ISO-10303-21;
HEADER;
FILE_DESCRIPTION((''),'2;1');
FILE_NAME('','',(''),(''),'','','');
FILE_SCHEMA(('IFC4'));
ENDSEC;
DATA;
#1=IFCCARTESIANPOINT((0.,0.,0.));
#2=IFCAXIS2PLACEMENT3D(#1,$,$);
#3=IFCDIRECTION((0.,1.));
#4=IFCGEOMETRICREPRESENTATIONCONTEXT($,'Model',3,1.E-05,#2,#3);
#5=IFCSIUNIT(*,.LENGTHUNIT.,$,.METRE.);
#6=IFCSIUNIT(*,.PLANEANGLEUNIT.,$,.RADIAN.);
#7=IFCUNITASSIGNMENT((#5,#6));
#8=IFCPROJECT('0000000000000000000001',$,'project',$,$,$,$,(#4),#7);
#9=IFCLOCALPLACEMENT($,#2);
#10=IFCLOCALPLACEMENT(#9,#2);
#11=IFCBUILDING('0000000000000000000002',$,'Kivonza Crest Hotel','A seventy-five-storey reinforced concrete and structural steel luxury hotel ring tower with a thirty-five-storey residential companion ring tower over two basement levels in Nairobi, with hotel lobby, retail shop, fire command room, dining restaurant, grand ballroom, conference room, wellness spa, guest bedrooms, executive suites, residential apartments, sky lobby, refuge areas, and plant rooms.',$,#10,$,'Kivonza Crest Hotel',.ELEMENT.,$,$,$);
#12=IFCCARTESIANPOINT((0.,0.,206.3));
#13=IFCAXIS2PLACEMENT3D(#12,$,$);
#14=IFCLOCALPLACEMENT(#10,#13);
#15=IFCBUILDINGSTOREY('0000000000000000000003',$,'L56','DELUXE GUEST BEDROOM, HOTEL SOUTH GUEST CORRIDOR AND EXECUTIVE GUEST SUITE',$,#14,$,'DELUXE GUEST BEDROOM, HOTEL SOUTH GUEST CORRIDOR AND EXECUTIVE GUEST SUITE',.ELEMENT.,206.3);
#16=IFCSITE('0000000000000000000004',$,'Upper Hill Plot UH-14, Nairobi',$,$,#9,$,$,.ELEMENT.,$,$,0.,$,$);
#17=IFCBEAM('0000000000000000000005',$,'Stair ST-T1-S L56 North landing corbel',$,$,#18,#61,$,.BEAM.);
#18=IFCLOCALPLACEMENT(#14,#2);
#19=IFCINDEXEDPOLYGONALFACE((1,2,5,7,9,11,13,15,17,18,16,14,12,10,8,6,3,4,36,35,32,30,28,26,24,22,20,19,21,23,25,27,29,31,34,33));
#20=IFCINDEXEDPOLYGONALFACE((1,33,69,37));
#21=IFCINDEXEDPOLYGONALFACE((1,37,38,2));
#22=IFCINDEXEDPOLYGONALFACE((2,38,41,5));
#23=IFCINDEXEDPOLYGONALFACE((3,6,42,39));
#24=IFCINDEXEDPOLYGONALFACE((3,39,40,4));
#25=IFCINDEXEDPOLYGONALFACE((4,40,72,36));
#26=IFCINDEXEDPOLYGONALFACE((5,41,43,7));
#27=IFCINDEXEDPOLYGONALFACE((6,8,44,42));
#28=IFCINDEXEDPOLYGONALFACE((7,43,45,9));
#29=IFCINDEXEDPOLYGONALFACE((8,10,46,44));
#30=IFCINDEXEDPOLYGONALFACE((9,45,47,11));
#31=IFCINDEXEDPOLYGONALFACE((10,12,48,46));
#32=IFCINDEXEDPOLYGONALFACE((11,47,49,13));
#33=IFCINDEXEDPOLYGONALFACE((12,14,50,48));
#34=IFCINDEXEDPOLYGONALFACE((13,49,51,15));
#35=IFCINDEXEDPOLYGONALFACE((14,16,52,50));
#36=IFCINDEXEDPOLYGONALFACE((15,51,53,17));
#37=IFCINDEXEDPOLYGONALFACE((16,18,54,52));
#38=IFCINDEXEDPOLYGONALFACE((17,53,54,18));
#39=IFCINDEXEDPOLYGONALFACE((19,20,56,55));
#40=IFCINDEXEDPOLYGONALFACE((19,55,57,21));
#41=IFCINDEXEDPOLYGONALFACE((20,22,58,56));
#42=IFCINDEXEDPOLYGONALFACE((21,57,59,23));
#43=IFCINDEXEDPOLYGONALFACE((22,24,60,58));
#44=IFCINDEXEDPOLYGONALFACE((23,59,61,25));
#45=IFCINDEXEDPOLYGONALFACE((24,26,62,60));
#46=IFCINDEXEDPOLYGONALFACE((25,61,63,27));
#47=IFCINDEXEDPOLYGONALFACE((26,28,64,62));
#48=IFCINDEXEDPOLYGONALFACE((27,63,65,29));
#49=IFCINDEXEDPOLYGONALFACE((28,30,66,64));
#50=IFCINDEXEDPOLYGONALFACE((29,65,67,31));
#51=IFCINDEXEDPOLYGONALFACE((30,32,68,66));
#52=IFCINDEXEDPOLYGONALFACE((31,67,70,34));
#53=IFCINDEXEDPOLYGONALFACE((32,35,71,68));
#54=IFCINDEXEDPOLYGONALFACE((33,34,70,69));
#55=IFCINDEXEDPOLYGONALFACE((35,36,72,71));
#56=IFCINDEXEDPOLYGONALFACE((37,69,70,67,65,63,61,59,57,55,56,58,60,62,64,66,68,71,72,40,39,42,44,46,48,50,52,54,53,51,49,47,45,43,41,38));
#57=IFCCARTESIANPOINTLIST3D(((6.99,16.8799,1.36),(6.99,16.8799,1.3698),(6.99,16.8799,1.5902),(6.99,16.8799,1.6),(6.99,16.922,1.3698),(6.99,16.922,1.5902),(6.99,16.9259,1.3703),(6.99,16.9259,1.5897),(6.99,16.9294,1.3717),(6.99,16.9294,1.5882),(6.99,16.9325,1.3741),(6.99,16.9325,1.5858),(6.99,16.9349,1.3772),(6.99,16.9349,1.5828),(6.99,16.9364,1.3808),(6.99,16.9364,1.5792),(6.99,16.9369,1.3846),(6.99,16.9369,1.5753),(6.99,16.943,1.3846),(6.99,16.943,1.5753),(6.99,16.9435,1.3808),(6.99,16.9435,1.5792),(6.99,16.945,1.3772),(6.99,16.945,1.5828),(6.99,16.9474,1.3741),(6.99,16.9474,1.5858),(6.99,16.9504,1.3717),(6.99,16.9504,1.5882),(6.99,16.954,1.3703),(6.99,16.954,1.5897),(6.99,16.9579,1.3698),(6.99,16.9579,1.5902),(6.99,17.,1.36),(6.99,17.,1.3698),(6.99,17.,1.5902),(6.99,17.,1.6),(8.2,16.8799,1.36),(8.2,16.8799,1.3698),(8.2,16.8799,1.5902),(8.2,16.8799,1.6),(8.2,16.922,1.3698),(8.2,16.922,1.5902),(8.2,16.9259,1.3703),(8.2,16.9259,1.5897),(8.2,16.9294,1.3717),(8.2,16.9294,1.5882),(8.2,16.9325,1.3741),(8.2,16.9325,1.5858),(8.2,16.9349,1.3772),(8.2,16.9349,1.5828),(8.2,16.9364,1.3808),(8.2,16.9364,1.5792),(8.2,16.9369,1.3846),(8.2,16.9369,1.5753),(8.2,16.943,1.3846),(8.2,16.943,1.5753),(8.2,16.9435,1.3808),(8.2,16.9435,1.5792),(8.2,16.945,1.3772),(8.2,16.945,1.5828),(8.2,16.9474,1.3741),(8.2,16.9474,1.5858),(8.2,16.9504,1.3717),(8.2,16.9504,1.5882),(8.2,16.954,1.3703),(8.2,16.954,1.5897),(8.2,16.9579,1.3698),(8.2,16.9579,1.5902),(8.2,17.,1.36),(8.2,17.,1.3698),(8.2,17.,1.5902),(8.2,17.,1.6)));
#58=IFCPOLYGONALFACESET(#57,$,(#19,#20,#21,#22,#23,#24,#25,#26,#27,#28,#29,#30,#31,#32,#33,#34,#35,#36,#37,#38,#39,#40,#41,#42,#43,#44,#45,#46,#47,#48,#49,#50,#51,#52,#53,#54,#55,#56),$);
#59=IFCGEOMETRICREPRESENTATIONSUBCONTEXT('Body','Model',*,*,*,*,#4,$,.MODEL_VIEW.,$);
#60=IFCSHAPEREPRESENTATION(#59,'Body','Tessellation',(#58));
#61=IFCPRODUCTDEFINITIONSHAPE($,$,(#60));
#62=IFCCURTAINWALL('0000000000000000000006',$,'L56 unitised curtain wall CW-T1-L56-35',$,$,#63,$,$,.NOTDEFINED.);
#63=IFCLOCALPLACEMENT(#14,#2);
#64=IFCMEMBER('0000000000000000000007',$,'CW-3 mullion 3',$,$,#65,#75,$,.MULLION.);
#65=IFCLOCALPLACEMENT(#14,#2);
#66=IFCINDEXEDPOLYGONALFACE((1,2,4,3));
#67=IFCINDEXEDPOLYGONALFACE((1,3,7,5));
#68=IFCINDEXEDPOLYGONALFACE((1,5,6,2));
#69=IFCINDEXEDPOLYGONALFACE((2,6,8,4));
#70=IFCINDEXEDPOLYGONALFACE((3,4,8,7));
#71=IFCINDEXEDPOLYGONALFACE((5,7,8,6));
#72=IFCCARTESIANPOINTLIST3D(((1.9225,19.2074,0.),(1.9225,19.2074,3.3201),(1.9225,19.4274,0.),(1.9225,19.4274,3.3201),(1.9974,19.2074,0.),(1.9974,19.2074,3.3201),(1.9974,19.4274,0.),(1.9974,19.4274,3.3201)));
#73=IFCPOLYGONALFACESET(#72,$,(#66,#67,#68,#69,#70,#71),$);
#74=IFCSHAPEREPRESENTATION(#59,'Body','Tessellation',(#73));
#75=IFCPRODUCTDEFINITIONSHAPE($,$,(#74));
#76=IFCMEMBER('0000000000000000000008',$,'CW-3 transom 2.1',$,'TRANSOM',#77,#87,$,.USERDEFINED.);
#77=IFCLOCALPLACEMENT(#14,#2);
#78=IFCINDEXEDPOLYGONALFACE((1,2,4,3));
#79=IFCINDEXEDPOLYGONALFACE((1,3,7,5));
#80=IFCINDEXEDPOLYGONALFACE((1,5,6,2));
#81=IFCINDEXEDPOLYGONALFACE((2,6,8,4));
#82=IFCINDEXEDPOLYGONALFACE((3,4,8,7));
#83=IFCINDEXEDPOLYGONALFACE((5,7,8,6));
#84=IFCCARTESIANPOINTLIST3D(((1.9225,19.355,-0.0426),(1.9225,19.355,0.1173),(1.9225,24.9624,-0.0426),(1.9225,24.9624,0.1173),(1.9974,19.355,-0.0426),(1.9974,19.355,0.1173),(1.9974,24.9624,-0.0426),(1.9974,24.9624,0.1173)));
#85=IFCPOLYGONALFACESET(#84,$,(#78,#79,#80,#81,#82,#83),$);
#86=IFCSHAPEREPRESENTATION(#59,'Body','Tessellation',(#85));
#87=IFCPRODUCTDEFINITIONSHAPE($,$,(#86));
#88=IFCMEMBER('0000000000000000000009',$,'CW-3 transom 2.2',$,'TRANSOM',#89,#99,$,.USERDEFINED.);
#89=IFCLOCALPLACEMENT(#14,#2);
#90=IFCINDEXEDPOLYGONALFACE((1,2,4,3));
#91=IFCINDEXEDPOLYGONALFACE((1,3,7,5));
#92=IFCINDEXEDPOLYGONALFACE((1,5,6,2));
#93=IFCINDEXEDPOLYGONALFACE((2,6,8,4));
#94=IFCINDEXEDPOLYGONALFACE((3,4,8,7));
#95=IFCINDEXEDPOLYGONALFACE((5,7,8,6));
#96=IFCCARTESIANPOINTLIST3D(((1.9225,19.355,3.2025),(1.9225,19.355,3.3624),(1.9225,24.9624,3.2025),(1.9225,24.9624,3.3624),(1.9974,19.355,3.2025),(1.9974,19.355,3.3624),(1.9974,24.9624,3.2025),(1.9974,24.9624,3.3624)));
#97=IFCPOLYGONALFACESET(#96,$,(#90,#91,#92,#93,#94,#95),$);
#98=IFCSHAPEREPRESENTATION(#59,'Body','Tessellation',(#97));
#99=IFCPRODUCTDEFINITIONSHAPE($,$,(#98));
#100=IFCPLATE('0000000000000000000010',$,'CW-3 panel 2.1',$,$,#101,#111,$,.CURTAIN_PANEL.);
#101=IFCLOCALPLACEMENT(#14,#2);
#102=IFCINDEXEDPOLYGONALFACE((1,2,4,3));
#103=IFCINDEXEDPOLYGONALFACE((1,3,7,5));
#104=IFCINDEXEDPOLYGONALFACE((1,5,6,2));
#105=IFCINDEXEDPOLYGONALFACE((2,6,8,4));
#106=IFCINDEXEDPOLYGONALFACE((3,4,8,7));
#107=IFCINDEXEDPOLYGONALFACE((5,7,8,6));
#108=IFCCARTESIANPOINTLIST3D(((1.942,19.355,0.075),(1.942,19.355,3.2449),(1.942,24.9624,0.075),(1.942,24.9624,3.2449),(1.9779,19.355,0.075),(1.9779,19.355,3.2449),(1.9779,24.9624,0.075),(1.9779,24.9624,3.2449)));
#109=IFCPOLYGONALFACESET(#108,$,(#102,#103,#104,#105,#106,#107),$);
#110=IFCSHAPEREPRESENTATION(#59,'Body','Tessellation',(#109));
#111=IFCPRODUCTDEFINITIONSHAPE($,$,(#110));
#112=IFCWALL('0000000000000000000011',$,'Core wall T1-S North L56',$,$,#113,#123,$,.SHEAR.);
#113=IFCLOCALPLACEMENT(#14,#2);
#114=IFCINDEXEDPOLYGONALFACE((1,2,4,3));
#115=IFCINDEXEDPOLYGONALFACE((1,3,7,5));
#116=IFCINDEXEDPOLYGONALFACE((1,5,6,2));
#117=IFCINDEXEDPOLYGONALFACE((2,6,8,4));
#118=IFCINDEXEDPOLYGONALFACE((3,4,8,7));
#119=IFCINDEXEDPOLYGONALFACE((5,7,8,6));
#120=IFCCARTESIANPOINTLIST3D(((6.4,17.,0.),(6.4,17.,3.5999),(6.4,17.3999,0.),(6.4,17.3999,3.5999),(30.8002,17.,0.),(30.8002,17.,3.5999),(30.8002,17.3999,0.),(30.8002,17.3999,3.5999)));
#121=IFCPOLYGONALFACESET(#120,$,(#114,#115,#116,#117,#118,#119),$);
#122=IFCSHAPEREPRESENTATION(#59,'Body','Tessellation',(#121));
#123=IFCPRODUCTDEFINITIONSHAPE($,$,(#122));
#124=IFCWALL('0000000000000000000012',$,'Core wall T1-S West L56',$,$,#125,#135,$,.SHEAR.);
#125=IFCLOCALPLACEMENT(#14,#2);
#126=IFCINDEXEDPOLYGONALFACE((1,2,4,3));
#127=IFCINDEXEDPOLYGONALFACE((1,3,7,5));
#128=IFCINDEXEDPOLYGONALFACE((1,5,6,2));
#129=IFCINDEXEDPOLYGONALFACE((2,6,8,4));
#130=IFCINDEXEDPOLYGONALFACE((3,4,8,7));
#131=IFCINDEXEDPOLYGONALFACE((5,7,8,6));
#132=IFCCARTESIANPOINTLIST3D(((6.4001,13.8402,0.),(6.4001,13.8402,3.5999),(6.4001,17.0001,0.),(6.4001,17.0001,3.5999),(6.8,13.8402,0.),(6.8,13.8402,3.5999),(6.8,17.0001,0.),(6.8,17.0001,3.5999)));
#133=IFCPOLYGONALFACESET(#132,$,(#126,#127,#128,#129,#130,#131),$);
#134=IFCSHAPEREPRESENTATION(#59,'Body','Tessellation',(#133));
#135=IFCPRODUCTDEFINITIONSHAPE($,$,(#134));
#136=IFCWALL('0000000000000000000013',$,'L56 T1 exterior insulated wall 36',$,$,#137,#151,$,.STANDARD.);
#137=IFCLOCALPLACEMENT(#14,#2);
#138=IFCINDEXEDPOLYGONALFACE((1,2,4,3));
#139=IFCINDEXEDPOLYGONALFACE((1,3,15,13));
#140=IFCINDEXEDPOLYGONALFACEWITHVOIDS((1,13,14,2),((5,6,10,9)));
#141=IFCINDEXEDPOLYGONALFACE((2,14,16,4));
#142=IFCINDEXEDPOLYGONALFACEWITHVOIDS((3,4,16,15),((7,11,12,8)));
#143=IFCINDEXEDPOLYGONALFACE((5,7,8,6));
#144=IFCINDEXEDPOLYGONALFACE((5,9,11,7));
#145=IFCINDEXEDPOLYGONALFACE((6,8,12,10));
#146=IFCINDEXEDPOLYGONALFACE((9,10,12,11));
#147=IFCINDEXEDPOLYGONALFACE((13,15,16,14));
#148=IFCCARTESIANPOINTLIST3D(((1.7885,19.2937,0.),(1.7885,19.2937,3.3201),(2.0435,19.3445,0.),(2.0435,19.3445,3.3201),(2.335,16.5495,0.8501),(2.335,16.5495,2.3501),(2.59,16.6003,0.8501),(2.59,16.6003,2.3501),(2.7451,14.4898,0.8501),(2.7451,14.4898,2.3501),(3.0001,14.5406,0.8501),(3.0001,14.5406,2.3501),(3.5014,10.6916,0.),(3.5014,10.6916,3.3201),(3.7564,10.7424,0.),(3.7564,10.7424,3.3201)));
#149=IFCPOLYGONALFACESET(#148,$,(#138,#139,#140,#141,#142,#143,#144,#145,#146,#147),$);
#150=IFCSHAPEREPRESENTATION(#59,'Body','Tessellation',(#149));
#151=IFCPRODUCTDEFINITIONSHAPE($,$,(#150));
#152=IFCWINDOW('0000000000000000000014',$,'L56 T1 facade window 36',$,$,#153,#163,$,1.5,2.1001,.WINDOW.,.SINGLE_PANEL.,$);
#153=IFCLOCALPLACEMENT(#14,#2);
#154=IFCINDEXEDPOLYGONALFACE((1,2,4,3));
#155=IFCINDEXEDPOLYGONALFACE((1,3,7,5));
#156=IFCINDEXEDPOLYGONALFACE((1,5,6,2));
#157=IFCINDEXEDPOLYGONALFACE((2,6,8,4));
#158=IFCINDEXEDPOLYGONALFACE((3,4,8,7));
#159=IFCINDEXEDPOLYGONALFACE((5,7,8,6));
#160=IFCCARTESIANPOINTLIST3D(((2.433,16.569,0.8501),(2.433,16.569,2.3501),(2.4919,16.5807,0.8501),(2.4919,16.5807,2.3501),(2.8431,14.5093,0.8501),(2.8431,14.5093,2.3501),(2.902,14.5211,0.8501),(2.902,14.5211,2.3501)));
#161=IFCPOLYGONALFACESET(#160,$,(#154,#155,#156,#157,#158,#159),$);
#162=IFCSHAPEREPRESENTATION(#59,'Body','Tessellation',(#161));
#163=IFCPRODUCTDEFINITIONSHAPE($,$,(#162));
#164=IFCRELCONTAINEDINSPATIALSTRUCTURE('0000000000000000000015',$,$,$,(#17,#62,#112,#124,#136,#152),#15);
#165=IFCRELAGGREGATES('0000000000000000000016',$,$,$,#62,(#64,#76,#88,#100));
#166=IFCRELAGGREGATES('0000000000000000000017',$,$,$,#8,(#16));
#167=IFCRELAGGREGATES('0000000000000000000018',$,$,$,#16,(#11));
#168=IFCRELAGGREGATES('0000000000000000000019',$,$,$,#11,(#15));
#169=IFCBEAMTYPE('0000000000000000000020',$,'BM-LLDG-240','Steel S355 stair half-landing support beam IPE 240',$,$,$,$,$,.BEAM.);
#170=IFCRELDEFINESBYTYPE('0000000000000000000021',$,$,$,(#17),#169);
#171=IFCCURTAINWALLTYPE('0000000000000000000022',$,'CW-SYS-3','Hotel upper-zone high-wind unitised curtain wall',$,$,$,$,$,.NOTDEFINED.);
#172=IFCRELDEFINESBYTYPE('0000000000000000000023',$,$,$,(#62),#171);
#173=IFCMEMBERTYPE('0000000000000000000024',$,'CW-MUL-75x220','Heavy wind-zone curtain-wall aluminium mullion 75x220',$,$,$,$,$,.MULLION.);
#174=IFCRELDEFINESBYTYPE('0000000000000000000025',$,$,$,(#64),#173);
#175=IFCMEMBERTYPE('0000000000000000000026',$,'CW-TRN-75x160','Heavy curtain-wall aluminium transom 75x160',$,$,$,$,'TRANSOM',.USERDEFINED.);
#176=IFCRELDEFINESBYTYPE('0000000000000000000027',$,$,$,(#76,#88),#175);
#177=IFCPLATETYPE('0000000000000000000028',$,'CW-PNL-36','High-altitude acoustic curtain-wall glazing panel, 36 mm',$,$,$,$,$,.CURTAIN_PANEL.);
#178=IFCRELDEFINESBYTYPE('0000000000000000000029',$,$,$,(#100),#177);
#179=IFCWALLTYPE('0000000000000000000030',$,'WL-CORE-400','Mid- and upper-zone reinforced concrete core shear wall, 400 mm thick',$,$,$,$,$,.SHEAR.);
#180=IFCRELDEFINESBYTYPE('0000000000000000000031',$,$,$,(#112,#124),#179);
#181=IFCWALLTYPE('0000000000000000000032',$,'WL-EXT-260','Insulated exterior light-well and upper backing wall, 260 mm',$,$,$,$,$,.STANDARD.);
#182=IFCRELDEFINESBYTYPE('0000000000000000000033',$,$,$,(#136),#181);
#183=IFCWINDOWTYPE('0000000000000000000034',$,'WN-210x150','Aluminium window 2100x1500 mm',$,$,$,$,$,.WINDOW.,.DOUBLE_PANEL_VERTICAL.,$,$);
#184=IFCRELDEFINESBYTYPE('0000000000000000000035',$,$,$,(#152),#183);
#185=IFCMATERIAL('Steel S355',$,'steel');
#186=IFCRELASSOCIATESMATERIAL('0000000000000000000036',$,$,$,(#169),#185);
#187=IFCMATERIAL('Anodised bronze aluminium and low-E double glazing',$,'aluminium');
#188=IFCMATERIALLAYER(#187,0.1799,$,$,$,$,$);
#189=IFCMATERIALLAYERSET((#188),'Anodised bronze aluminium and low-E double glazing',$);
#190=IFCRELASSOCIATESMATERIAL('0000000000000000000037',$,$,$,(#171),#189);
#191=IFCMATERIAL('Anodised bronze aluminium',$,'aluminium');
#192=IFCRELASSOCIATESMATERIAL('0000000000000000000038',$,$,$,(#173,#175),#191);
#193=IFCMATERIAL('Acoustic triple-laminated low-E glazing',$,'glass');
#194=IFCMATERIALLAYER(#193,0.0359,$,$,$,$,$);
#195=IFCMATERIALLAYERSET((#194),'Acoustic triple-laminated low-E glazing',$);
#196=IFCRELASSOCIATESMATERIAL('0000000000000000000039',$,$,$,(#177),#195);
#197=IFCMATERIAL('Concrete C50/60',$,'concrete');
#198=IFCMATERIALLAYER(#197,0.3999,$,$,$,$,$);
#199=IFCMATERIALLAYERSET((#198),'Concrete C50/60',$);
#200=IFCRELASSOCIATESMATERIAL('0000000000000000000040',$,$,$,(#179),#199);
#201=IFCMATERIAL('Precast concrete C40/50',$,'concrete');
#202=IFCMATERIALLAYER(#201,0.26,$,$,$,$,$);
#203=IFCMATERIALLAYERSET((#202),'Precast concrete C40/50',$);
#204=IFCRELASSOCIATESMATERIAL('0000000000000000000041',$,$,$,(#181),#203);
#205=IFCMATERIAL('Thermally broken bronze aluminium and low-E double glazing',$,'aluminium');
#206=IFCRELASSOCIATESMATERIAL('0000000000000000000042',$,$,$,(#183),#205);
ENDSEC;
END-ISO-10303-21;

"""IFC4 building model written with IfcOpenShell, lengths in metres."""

from ifc_helpers import new_model, si_unit, direction, frame, frame_2d, origin, origin_2d, place, context, subcontext, project, spatial, rectangle, i_section, extrude, material, layer, layer_set, material_profile, profile_set, type_object, element, fill, aggregate, save


model = new_model("IFC4")

# Units and contexts
model_context = context("Model", 3, precision=1e-05, world=origin(), true_north=direction((0.0, 1.0)))
body_context = subcontext(model_context, "Body", "Model", "MODEL_VIEW")
ifc_project = project(units=[si_unit("LENGTHUNIT", "METRE"), si_unit("PLANEANGLEUNIT", "RADIAN")], contexts=[model_context])

# Site, building, storey
site_placement = place(None, origin())
site = spatial("IfcSite", under=ifc_project, at=site_placement, Name="Upper Hill Plot UH-14, Nairobi", CompositionType="ELEMENT", RefElevation=0.0)
building_placement = place(site_placement, origin())
building = spatial("IfcBuilding", under=site, at=building_placement, Name="Kivonza Crest Hotel", Description="A seventy-five-storey reinforced concrete and structural steel luxury hotel ring tower with a thirty-five-storey residential companion ring tower over two basement levels in Nairobi, with hotel lobby, retail shop, fire command room, dining restaurant, grand ballroom, conference room, wellness spa, guest bedrooms, executive suites, residential apartments, sky lobby, refuge areas, and plant rooms.", LongName="Kivonza Crest Hotel", CompositionType="ELEMENT")
storey_placement = place(building_placement, frame((0.0, 0.0, 206.3)))
storey = spatial("IfcBuildingStorey", under=building, at=storey_placement, Name="L56", Description="DELUXE GUEST BEDROOM, HOTEL SOUTH GUEST CORRIDOR AND EXECUTIVE GUEST SUITE", LongName="DELUXE GUEST BEDROOM, HOTEL SOUTH GUEST CORRIDOR AND EXECUTIVE GUEST SUITE", CompositionType="ELEMENT", Elevation=206.3)

# Shared definitions
ifc_material_1 = material(Name="Concrete C50/60", Category="concrete")

# Beam
ifc_material_2 = material(Name="Steel S355", Category="steel")
ifc_material_profile_1 = material_profile(ifc_material_2, i_section(OverallWidth=0.1201, OverallDepth=0.24, WebThickness=0.0061, FlangeThickness=0.0098, FilletRadius=0.0149, at=origin_2d()), Name="IPE 240")
ifc_profile_set_1 = profile_set([ifc_material_profile_1], Name="Steel S355")
beam_type_1 = type_object("IfcBeamType", Name="BM-LLDG-240", Description="Steel S355 stair half-landing support beam IPE 240", PredefinedType="BEAM", material=ifc_profile_set_1)
for number, where, z_axis, x_axis, name in (
    (1, (6.99, 16.9399, 1.48), (1.0, 0.0, 0.0), (0.0, 1.0, 0.0), "Stair ST-T1-S L56 North landing corbel"),
):
    element("IfcBeam", number, at=place(storey_placement, frame(where, z_axis=z_axis, x_axis=x_axis)), inside=storey, type_object=beam_type_1, Name=name, PredefinedType="BEAM", context=body_context, shape_type="SweptSolid", body=[
        extrude(i_section(OverallWidth=0.1201, OverallDepth=0.24, WebThickness=0.0061, FlangeThickness=0.0098, FilletRadius=0.0149, at=origin_2d()), origin(), (0.0, 0.0, 1.0), 1.21),
    ])

# Curtain wall, members, plate
ifc_material_3 = material(Name="Anodised bronze aluminium and low-E double glazing", Category="aluminium")
ifc_layer_1 = layer(ifc_material_3, 0.1799)
ifc_layer_set_1 = layer_set([ifc_layer_1], Name="Anodised bronze aluminium and low-E double glazing")
curtain_wall_type = type_object("IfcCurtainWallType", Name="CW-SYS-3", Description="Hotel upper-zone high-wind unitised curtain wall", PredefinedType="NOTDEFINED", material=ifc_layer_set_1)
curtain_wall_placement = place(storey_placement, origin())
curtain_wall = element("IfcCurtainWall", 2, at=curtain_wall_placement, inside=storey, type_object=curtain_wall_type, Name="L56 unitised curtain wall CW-T1-L56-35", PredefinedType="NOTDEFINED")
ifc_material_4 = material(Name="Anodised bronze aluminium", Category="aluminium")
ifc_material_profile_2 = material_profile(ifc_material_4, rectangle(XDim=0.075, YDim=0.22, at=origin_2d()), Name="CW-M 75x220")
ifc_profile_set_2 = profile_set([ifc_material_profile_2], Name="Anodised bronze aluminium")
member_type_1 = type_object("IfcMemberType", Name="CW-MUL-75x220", Description="Heavy wind-zone curtain-wall aluminium mullion 75x220", PredefinedType="MULLION", material=ifc_profile_set_2)
member_1_placement = place(storey_placement, frame((1.96, 19.3174, 0.0), z_axis=(0.0, 0.0, 1.0), x_axis=(1.0, 0.0, 0.0)))
member_1 = element("IfcMember", 3, at=member_1_placement, type_object=member_type_1, Name="CW-3 mullion 3", PredefinedType="MULLION", context=body_context, shape_type="SweptSolid", body=[
    extrude(rectangle(XDim=0.075, YDim=0.22, at=origin_2d()), origin(), (0.0, 0.0, 1.0), 3.3201),
])
ifc_material_profile_3 = material_profile(ifc_material_4, rectangle(XDim=0.075, YDim=0.1599, at=origin_2d()), Name="CW-T 75x160")
ifc_profile_set_3 = profile_set([ifc_material_profile_3], Name="Anodised bronze aluminium")
member_type_2 = type_object("IfcMemberType", Name="CW-TRN-75x160", Description="Heavy curtain-wall aluminium transom 75x160", ElementType="TRANSOM", PredefinedType="USERDEFINED", material=ifc_profile_set_3)
member_2_placement = place(storey_placement, frame((1.96, 24.9624, 0.0374), z_axis=(0.0, -1.0, 0.0), x_axis=(1.0, 0.0, 0.0)))
member_2 = element("IfcMember", 4, at=member_2_placement, type_object=member_type_2, Name="CW-3 transom 2.1", ObjectType="TRANSOM", PredefinedType="USERDEFINED", context=body_context, shape_type="SweptSolid", body=[
    extrude(rectangle(XDim=0.075, YDim=0.1599, at=origin_2d()), origin(), (0.0, 0.0, 1.0), 5.6074),
])
member_3_placement = place(storey_placement, frame((1.96, 24.9624, 3.2825), z_axis=(0.0, -1.0, 0.0), x_axis=(1.0, 0.0, 0.0)))
member_3 = element("IfcMember", 5, at=member_3_placement, type_object=member_type_2, Name="CW-3 transom 2.2", ObjectType="TRANSOM", PredefinedType="USERDEFINED", context=body_context, shape_type="SweptSolid", body=[
    extrude(rectangle(XDim=0.075, YDim=0.1599, at=origin_2d()), origin(), (0.0, 0.0, 1.0), 5.6074),
])
ifc_material_5 = material(Name="Acoustic triple-laminated low-E glazing", Category="glass")
ifc_layer_2 = layer(ifc_material_5, 0.0359)
ifc_layer_set_2 = layer_set([ifc_layer_2], Name="Acoustic triple-laminated low-E glazing")
plate_type = type_object("IfcPlateType", Name="CW-PNL-36", Description="High-altitude acoustic curtain-wall glazing panel, 36 mm", PredefinedType="CURTAIN_PANEL", material=ifc_layer_set_2)
plate_placement = place(storey_placement, frame((1.96, 22.1587, 0.075), z_axis=(0.0, 0.0, 1.0), x_axis=(0.0, -1.0, 0.0)))
plate = element("IfcPlate", 6, at=plate_placement, type_object=plate_type, Name="CW-3 panel 2.1", PredefinedType="CURTAIN_PANEL", context=body_context, shape_type="SweptSolid", body=[
    extrude(rectangle(XDim=5.6074, YDim=0.0359, at=origin_2d()), origin(), (0.0, 0.0, 1.0), 3.1699),
])
aggregate(curtain_wall, [member_1, member_2, member_3, plate])

# Shared definitions
ifc_layer_3 = layer(ifc_material_1, 0.3999)
ifc_layer_set_3 = layer_set([ifc_layer_3], Name="Concrete C50/60")
wall_type_1 = type_object("IfcWallType", Name="WL-CORE-400", Description="Mid- and upper-zone reinforced concrete core shear wall, 400 mm thick", PredefinedType="SHEAR", material=ifc_layer_set_3)

# Walls
wall_1_placement = place(storey_placement, frame((6.3999, 17.2, 0.0), z_axis=(0.0, 0.0, 1.0), x_axis=(1.0, 0.0, 0.0)))
element("IfcWall", 7, at=wall_1_placement, inside=storey, type_object=wall_type_1, Name="Core wall T1-S North L56", PredefinedType="SHEAR", context=body_context, shape_type="SweptSolid", body=[
    extrude(rectangle(XDim=24.4001, YDim=0.3999, at=frame_2d((12.2002, 0.0))), origin(), (0.0, 0.0, 1.0), 3.5999),
])
wall_2_placement = place(storey_placement, frame((6.6001, 13.8401, 0.0), z_axis=(0.0, 0.0, 1.0), x_axis=(0.0, 1.0, 0.0)))
element("IfcWall", 8, at=wall_2_placement, inside=storey, type_object=wall_type_1, Name="Core wall T1-S West L56", PredefinedType="SHEAR", context=body_context, shape_type="SweptSolid", body=[
    extrude(rectangle(XDim=3.1599, YDim=0.3999, at=frame_2d((1.5801, 0.0))), origin(), (0.0, 0.0, 1.0), 3.5999),
])

# Wall, opening, window
ifc_material_6 = material(Name="Precast concrete C40/50", Category="concrete")
ifc_layer_4 = layer(ifc_material_6, 0.26)
ifc_layer_set_4 = layer_set([ifc_layer_4], Name="Precast concrete C40/50")
wall_type_2 = type_object("IfcWallType", Name="WL-EXT-260", Description="Insulated exterior light-well and upper backing wall, 260 mm", PredefinedType="STANDARD", material=ifc_layer_set_4)
wall_3_placement = place(storey_placement, frame((1.916, 19.3191, 0.0), z_axis=(0.0, 0.0, 1.0), x_axis=(0.195292, -0.980745, 0.0)))
wall_3 = element("IfcWall", 9, at=wall_3_placement, inside=storey, type_object=wall_type_2, Name="L56 T1 exterior insulated wall 36", PredefinedType="STANDARD", context=body_context, shape_type="SweptSolid", body=[
    extrude(rectangle(XDim=8.771, YDim=0.26, at=frame_2d((4.3855, 0.0))), origin(), (0.0, 0.0, 1.0), 3.3201),
])
opening_1_placement = place(wall_3_placement, frame((2.7981, 0.0, 0.8501)))
opening_1 = element("IfcOpeningElement", 10, at=opening_1_placement, cuts=wall_3, PredefinedType="OPENING", context=body_context, shape_type="SweptSolid", body=[
    extrude(rectangle(XDim=2.1001, YDim=1.5, at=frame_2d((1.05, 0.75))), frame((0.0, 0.1401, 0.0), z_axis=(0.0, -1.0, 0.0), x_axis=(1.0, 0.0, 0.0)), (0.0, 0.0, 1.0), 0.28),
])
ifc_material_7 = material(Name="Thermally broken bronze aluminium and low-E double glazing", Category="aluminium")
window_type = type_object("IfcWindowType", Name="WN-210x150", Description="Aluminium window 2100x1500 mm", PartitioningType="DOUBLE_PANEL_VERTICAL", PredefinedType="WINDOW", material=ifc_material_7)
window_placement = place(opening_1_placement, origin())
window = element("IfcWindow", 11, at=window_placement, inside=storey, type_object=window_type, Name="L56 T1 facade window 36", OverallHeight=1.5, OverallWidth=2.1001, PartitioningType="SINGLE_PANEL", PredefinedType="WINDOW", context=body_context, shape_type="SweptSolid", body=[
    extrude(rectangle(XDim=2.1001, YDim=1.5, at=frame_2d((1.05, 0.75))), frame((0.0, 0.03, 0.0), z_axis=(0.0, -1.0, 0.0), x_axis=(1.0, 0.0, 0.0)), (0.0, 0.0, 1.0), 0.0601),
])
fill(opening_1, window)

save(model, "model.ifc")
